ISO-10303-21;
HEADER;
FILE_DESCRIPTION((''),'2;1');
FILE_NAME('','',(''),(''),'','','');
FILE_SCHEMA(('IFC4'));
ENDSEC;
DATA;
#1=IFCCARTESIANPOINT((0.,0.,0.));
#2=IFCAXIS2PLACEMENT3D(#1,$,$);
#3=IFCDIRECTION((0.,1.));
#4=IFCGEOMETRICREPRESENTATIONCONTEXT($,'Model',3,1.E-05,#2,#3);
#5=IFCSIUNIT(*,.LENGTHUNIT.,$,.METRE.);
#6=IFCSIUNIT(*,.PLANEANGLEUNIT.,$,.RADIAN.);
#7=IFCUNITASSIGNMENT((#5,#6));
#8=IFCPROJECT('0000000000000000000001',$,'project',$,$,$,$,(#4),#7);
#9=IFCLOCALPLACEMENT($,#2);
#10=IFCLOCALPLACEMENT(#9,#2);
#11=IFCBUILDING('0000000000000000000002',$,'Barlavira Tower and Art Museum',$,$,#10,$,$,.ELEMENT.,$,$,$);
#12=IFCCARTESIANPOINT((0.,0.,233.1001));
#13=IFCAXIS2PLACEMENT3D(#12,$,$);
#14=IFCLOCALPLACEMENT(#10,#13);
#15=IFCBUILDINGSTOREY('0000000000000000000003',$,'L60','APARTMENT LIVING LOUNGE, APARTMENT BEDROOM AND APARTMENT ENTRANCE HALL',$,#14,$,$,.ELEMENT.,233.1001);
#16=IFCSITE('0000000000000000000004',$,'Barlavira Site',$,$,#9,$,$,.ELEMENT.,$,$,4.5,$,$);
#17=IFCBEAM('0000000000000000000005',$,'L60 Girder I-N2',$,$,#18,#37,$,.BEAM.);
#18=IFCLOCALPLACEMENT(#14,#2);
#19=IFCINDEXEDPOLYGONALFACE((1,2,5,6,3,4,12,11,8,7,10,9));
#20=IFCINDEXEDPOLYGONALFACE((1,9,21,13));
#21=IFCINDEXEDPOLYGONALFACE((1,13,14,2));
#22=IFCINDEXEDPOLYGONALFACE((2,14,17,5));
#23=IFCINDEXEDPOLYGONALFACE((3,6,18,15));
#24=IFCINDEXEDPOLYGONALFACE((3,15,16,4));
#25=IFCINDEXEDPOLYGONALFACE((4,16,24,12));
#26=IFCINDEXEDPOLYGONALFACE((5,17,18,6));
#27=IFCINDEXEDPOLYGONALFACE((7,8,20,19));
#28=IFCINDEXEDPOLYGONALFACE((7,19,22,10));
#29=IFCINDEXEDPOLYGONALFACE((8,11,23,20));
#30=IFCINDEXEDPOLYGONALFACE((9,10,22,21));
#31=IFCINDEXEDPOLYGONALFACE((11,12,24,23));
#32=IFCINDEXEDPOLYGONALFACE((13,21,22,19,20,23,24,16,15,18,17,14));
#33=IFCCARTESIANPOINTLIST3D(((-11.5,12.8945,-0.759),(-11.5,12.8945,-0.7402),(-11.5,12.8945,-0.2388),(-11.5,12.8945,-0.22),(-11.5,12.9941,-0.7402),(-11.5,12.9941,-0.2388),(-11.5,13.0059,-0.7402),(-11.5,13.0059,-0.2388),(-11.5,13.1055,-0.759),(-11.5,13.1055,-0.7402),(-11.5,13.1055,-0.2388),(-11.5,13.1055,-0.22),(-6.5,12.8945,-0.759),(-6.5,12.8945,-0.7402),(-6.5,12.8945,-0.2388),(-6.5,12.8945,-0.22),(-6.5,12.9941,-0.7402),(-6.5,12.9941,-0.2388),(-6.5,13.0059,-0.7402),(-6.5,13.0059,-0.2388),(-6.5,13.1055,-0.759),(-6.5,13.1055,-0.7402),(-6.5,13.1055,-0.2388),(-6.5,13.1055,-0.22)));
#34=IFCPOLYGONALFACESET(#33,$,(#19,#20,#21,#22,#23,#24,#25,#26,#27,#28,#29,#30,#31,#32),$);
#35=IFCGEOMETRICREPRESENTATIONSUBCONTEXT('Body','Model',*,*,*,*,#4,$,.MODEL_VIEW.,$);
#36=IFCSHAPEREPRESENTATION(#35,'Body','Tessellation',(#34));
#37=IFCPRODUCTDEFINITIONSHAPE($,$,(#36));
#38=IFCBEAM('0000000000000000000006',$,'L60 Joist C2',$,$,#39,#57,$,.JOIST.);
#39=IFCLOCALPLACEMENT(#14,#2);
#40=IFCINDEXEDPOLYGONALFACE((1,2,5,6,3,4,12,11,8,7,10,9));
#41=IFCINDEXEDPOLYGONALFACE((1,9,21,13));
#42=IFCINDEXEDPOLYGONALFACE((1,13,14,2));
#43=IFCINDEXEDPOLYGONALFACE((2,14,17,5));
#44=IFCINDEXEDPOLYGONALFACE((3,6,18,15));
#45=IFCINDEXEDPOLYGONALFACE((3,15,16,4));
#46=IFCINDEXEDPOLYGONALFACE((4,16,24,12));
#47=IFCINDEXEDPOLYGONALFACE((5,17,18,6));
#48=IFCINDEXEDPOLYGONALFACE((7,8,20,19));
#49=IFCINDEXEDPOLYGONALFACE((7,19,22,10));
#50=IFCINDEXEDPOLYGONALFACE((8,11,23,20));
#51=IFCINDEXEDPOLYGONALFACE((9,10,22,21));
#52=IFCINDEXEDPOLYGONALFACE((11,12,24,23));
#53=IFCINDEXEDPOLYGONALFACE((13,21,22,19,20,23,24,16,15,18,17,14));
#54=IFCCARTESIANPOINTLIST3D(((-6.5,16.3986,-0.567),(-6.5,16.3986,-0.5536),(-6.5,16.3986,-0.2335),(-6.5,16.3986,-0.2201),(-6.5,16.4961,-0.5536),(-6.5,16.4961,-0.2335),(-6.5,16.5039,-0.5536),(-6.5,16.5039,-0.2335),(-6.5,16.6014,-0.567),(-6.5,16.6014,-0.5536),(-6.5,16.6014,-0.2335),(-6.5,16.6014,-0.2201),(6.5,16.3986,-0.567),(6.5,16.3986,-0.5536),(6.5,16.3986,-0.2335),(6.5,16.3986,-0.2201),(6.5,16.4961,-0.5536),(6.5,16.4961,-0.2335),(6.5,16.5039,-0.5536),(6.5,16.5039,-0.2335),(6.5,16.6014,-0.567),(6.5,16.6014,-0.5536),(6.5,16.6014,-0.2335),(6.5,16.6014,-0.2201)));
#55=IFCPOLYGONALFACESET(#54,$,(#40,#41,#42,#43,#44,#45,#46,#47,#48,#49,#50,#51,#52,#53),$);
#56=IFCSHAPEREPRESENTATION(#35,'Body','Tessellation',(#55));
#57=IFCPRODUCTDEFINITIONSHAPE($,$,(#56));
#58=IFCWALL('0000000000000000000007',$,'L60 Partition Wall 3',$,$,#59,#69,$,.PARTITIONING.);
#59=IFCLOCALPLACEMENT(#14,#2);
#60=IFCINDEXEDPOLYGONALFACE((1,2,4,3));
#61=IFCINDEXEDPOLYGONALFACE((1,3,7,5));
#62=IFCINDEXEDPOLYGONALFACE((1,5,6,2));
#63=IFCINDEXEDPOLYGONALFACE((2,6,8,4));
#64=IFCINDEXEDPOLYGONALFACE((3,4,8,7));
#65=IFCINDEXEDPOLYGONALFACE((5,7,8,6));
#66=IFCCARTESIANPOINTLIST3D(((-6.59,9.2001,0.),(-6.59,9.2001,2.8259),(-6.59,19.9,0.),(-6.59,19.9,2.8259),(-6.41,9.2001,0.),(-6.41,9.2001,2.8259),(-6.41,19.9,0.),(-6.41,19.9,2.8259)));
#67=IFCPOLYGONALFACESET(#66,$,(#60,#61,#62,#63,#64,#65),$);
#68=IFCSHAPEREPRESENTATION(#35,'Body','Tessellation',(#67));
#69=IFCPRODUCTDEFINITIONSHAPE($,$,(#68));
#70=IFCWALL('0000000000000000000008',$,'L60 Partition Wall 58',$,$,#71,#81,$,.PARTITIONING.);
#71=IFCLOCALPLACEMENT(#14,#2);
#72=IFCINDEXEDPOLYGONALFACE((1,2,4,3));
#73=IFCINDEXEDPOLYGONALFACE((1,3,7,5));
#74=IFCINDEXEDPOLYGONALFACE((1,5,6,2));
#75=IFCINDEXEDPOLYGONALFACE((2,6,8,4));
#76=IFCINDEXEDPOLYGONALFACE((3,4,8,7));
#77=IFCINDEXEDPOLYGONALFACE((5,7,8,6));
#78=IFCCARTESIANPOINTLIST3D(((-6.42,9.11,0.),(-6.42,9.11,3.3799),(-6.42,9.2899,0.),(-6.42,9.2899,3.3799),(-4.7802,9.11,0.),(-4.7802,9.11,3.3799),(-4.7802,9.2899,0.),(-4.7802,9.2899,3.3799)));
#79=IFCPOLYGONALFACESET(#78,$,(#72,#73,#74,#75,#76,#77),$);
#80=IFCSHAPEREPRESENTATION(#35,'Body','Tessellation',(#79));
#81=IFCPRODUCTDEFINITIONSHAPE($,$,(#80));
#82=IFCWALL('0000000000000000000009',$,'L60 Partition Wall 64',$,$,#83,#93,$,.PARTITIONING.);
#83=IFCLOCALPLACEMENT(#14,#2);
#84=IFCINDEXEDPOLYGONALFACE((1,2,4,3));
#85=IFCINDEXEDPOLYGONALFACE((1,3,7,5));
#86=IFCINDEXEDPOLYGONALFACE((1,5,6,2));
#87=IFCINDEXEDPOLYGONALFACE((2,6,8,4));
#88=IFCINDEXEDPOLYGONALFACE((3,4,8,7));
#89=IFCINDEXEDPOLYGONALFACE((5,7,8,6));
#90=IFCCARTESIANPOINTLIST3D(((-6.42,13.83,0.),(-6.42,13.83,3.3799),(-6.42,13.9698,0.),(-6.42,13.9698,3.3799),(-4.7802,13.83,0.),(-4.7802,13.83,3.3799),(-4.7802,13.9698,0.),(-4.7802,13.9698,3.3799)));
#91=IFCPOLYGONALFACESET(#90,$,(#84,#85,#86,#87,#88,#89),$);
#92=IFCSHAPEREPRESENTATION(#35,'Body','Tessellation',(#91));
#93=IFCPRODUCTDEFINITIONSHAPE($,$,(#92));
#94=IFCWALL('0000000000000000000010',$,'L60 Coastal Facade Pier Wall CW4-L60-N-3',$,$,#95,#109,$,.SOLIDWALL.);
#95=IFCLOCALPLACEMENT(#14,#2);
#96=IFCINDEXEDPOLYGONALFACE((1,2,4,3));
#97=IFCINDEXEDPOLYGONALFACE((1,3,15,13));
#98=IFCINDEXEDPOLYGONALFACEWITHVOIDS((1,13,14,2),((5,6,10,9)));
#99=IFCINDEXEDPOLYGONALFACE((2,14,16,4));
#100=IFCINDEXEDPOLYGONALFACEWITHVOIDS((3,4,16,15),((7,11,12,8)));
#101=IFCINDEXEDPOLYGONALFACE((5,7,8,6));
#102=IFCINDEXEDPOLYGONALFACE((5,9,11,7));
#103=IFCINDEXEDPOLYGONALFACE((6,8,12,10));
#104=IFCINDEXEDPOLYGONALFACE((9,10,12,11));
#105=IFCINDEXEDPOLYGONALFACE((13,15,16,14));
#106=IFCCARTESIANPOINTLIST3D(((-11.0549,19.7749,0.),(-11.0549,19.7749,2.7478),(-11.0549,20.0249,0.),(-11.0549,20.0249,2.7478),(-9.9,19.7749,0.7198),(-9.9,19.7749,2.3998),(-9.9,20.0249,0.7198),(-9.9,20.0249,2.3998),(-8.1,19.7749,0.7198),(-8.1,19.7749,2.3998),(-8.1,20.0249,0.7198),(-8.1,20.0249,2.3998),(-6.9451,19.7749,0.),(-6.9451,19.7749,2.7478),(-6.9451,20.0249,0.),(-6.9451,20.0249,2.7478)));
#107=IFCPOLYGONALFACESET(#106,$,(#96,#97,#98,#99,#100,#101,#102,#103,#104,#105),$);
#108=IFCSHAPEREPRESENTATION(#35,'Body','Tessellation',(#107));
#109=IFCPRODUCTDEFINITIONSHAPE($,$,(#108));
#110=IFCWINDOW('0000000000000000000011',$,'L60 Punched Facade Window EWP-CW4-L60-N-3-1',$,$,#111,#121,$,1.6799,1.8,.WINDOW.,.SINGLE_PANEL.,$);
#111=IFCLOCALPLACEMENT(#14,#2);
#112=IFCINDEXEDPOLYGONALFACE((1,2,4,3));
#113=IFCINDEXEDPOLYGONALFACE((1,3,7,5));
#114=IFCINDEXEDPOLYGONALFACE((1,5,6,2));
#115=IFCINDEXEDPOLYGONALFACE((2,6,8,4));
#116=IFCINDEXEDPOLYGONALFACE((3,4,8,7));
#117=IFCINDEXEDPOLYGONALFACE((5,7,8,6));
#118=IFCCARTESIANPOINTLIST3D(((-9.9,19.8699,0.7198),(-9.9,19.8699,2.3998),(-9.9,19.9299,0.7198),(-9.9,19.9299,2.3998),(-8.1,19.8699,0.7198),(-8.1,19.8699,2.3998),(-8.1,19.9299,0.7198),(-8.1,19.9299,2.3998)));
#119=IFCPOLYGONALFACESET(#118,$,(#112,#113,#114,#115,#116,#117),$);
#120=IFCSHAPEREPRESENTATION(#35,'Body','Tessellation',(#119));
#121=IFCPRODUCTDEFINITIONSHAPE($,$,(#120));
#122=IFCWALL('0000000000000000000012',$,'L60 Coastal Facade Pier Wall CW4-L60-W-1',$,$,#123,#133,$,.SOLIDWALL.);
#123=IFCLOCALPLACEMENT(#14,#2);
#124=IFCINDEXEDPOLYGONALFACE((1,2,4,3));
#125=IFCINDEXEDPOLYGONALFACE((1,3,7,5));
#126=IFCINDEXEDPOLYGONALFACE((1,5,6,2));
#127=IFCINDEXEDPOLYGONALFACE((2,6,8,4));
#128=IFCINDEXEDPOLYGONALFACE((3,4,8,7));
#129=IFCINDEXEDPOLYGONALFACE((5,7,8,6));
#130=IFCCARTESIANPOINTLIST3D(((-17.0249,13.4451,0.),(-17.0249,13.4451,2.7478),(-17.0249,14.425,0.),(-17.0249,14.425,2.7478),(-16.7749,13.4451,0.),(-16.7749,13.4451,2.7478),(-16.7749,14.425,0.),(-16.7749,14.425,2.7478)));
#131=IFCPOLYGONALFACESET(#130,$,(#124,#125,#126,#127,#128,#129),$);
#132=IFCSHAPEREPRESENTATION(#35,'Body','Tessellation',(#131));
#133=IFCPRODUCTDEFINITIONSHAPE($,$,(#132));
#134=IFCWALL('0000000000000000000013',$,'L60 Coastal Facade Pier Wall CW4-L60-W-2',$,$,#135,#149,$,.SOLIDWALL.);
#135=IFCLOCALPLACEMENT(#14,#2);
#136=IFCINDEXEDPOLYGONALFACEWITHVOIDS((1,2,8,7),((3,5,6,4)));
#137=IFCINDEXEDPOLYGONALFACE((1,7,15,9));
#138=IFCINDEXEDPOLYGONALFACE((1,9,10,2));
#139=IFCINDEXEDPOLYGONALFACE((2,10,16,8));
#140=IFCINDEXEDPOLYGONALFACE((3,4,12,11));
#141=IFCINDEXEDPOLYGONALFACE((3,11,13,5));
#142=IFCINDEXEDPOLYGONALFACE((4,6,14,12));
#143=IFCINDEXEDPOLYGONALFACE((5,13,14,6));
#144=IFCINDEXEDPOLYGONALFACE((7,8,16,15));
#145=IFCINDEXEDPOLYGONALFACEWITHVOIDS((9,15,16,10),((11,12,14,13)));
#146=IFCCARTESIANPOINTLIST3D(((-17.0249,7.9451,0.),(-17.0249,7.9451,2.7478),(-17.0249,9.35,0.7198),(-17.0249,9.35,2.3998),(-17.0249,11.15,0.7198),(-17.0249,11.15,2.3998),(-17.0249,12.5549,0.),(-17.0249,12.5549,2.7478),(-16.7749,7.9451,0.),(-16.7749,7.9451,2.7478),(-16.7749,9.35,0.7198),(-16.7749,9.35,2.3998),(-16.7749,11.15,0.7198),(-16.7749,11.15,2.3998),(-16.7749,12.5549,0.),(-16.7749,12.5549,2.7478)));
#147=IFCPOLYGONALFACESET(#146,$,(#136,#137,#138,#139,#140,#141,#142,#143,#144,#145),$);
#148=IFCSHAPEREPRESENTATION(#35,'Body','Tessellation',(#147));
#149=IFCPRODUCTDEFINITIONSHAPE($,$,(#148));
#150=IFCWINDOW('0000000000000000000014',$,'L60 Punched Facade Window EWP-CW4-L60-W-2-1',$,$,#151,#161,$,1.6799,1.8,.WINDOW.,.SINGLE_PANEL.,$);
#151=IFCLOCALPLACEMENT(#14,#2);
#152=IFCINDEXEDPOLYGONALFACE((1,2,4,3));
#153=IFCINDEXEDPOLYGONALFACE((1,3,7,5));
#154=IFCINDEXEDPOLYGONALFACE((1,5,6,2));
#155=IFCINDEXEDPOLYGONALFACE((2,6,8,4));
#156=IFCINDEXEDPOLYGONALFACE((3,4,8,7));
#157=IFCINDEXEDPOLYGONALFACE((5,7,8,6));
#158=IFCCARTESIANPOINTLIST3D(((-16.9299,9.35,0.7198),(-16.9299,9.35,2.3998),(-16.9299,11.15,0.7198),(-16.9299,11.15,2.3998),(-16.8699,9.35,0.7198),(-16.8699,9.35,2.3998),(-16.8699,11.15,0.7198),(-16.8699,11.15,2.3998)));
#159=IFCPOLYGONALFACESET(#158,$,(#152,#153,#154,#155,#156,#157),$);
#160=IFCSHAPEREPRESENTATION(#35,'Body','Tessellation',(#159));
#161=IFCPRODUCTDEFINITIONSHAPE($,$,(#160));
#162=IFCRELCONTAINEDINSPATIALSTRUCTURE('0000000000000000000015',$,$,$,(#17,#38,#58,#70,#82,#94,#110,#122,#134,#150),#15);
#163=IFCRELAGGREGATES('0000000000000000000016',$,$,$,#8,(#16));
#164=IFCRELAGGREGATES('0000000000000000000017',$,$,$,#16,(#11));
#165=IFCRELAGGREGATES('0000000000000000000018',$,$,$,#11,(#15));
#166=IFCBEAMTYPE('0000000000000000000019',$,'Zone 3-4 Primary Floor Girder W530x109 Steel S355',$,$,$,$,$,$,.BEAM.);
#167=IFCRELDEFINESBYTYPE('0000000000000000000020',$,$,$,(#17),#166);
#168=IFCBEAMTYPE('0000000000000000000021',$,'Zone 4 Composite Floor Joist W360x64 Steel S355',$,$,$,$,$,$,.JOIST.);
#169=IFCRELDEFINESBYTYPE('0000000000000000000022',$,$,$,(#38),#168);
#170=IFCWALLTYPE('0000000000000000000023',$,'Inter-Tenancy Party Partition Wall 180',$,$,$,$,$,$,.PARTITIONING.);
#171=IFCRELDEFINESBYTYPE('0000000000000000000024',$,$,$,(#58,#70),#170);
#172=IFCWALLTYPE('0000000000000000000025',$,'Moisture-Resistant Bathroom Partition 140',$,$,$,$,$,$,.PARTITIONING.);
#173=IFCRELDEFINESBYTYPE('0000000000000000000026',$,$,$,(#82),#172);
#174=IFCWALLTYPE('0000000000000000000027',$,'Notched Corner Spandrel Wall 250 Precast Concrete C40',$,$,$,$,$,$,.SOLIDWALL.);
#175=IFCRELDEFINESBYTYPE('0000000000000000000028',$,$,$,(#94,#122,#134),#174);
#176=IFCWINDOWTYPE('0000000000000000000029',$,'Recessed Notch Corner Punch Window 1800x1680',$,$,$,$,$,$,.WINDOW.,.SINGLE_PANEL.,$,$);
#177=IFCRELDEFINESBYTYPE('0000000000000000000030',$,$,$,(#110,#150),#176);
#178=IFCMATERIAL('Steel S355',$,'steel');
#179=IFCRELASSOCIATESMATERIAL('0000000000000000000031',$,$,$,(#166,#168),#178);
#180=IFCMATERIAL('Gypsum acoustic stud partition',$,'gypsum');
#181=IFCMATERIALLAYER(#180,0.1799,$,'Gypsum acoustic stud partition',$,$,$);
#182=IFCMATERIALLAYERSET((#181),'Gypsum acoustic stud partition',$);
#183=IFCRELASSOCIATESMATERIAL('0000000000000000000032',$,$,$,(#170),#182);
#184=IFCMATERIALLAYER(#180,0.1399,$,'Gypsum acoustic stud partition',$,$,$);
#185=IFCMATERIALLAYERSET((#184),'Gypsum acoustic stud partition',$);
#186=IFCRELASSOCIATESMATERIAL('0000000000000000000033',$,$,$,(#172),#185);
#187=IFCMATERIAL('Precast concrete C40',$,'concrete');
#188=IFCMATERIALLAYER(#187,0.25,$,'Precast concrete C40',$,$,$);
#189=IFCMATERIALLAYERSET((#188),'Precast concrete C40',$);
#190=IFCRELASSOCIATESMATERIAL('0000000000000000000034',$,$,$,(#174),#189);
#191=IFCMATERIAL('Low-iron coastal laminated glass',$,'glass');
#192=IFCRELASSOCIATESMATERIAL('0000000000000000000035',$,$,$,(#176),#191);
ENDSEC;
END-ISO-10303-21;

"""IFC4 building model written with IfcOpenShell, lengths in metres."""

from ifc_helpers import new_model, si_unit, direction, frame, frame_2d, origin, origin_2d, place, context, subcontext, project, spatial, rectangle, i_section, extrude, material, layer, layer_set, material_profile, profile_set, type_object, element, fill, save


model = new_model("IFC4")

# Units and contexts
model_context = context("Model", 3, precision=1e-05, world=origin(), true_north=direction((0.0, 1.0)))
body_context = subcontext(model_context, "Body", "Model", "MODEL_VIEW")
ifc_project = project(units=[si_unit("LENGTHUNIT", "METRE"), si_unit("PLANEANGLEUNIT", "RADIAN")], contexts=[model_context])

# Site, building, storey
site_placement = place(None, origin())
site = spatial("IfcSite", under=ifc_project, at=site_placement, Name="Barlavira Site", CompositionType="ELEMENT", RefElevation=4.5)
building_placement = place(site_placement, origin())
building = spatial("IfcBuilding", under=site, at=building_placement, Name="Barlavira Tower and Art Museum", CompositionType="ELEMENT")
storey_placement = place(building_placement, frame((0.0, 0.0, 233.1001)))
storey = spatial("IfcBuildingStorey", under=building, at=storey_placement, Name="L60", Description="APARTMENT LIVING LOUNGE, APARTMENT BEDROOM AND APARTMENT ENTRANCE HALL", CompositionType="ELEMENT", Elevation=233.1001)

# Beams
ifc_material_1 = material(Name="Steel S355", Category="steel")
ifc_material_profile_1 = material_profile(ifc_material_1, i_section(OverallWidth=0.2109, OverallDepth=0.5391, WebThickness=0.0117, FlangeThickness=0.0188, at=origin_2d()), Name="W530x109.0")
ifc_profile_set_1 = profile_set([ifc_material_profile_1], Name="Steel S355")
beam_type_1 = type_object("IfcBeamType", Name="Zone 3-4 Primary Floor Girder W530x109 Steel S355", PredefinedType="BEAM", material=ifc_profile_set_1)
beam_1_placement = place(storey_placement, frame((-11.5, 13.0, -0.4895), z_axis=(1.0, 0.0, 0.0), x_axis=(0.0, 1.0, 0.0)))
element("IfcBeam", 1, at=beam_1_placement, inside=storey, type_object=beam_type_1, Name="L60 Girder I-N2", PredefinedType="BEAM", context=body_context, shape_type="SweptSolid", body=[
    extrude(i_section(OverallWidth=0.2109, OverallDepth=0.5391, WebThickness=0.0117, FlangeThickness=0.0188, at=origin_2d()), origin(), (0.0, 0.0, 1.0), 5.0),
])
ifc_material_profile_2 = material_profile(ifc_material_1, i_section(OverallWidth=0.2029, OverallDepth=0.3469, WebThickness=0.0078, FlangeThickness=0.0134, at=origin_2d()), Name="W360x64.0")
ifc_profile_set_2 = profile_set([ifc_material_profile_2], Name="Steel S355")
beam_type_2 = type_object("IfcBeamType", Name="Zone 4 Composite Floor Joist W360x64 Steel S355", PredefinedType="JOIST", material=ifc_profile_set_2)
beam_2_placement = place(storey_placement, frame((-6.5, 16.5, -0.3936), z_axis=(1.0, 0.0, 0.0), x_axis=(0.0, 1.0, 0.0)))
element("IfcBeam", 2, at=beam_2_placement, inside=storey, type_object=beam_type_2, Name="L60 Joist C2", PredefinedType="JOIST", context=body_context, shape_type="SweptSolid", body=[
    extrude(i_section(OverallWidth=0.2029, OverallDepth=0.3469, WebThickness=0.0078, FlangeThickness=0.0134, at=origin_2d()), origin(), (0.0, 0.0, 1.0), 13.0),
])

# Walls
ifc_material_2 = material(Name="Gypsum acoustic stud partition", Category="gypsum")
ifc_layer_1 = layer(ifc_material_2, 0.1799, Name="Gypsum acoustic stud partition")
ifc_layer_set_1 = layer_set([ifc_layer_1], Name="Gypsum acoustic stud partition")
wall_type_1 = type_object("IfcWallType", Name="Inter-Tenancy Party Partition Wall 180", PredefinedType="PARTITIONING", material=ifc_layer_set_1)
wall_1_placement = place(storey_placement, frame((-6.5, 9.2, 0.0), z_axis=(0.0, 0.0, 1.0), x_axis=(0.0, 1.0, 0.0)))
element("IfcWall", 3, at=wall_1_placement, inside=storey, type_object=wall_type_1, Name="L60 Partition Wall 3", PredefinedType="PARTITIONING", context=body_context, shape_type="SweptSolid", body=[
    extrude(rectangle(XDim=10.7, YDim=0.1799, at=frame_2d((5.3501, 0.0))), origin(), (0.0, 0.0, 1.0), 2.8259),
])
wall_2_placement = place(storey_placement, frame((-6.4199, 9.2, 0.0), z_axis=(0.0, 0.0, 1.0), x_axis=(1.0, 0.0, 0.0)))
element("IfcWall", 4, at=wall_2_placement, inside=storey, type_object=wall_type_1, Name="L60 Partition Wall 58", PredefinedType="PARTITIONING", context=body_context, shape_type="SweptSolid", body=[
    extrude(rectangle(XDim=1.6399, YDim=0.1799, at=frame_2d((0.8198, 0.0))), origin(), (0.0, 0.0, 1.0), 3.3799),
])
ifc_layer_2 = layer(ifc_material_2, 0.1399, Name="Gypsum acoustic stud partition")
ifc_layer_set_2 = layer_set([ifc_layer_2], Name="Gypsum acoustic stud partition")
wall_type_2 = type_object("IfcWallType", Name="Moisture-Resistant Bathroom Partition 140", PredefinedType="PARTITIONING", material=ifc_layer_set_2)
wall_3_placement = place(storey_placement, frame((-6.4199, 13.8999, 0.0), z_axis=(0.0, 0.0, 1.0), x_axis=(1.0, 0.0, 0.0)))
element("IfcWall", 5, at=wall_3_placement, inside=storey, type_object=wall_type_2, Name="L60 Partition Wall 64", PredefinedType="PARTITIONING", context=body_context, shape_type="SweptSolid", body=[
    extrude(rectangle(XDim=1.6399, YDim=0.1399, at=frame_2d((0.8198, 0.0))), origin(), (0.0, 0.0, 1.0), 3.3799),
])

# Wall, opening, window
ifc_material_3 = material(Name="Precast concrete C40", Category="concrete")
ifc_layer_3 = layer(ifc_material_3, 0.25, Name="Precast concrete C40")
ifc_layer_set_3 = layer_set([ifc_layer_3], Name="Precast concrete C40")
wall_type_3 = type_object("IfcWallType", Name="Notched Corner Spandrel Wall 250 Precast Concrete C40", PredefinedType="SOLIDWALL", material=ifc_layer_set_3)
wall_4_placement = place(storey_placement, frame((-6.9451, 19.8999, 0.0), z_axis=(0.0, 0.0, 1.0), x_axis=(-1.0, 0.0, 0.0)))
wall_4 = element("IfcWall", 6, at=wall_4_placement, inside=storey, type_object=wall_type_3, Name="L60 Coastal Facade Pier Wall CW4-L60-N-3", PredefinedType="SOLIDWALL", context=body_context, shape_type="SweptSolid", body=[
    extrude(rectangle(XDim=4.1099, YDim=0.25, at=frame_2d((2.0549, 0.0))), origin(), (0.0, 0.0, 1.0), 2.7478),
])
opening_1_placement = place(wall_4_placement, frame((1.155, 0.0, 0.72)))
opening_1 = element("IfcOpeningElement", 7, at=opening_1_placement, cuts=wall_4, PredefinedType="OPENING", context=body_context, shape_type="SweptSolid", body=[
    extrude(rectangle(XDim=1.8, YDim=1.6799, at=frame_2d((0.8999, 0.8398))), frame((0.0, 0.135, 0.0), z_axis=(0.0, -1.0, 0.0), x_axis=(1.0, 0.0, 0.0)), (0.0, 0.0, 1.0), 0.27),
])
ifc_material_4 = material(Name="Low-iron coastal laminated glass", Category="glass")
window_type = type_object("IfcWindowType", Name="Recessed Notch Corner Punch Window 1800x1680", PartitioningType="SINGLE_PANEL", PredefinedType="WINDOW", material=ifc_material_4)
window_1_placement = place(opening_1_placement, origin())
window_1 = element("IfcWindow", 8, at=window_1_placement, inside=storey, type_object=window_type, Name="L60 Punched Facade Window EWP-CW4-L60-N-3-1", OverallHeight=1.6799, OverallWidth=1.8, PartitioningType="SINGLE_PANEL", PredefinedType="WINDOW", context=body_context, shape_type="SweptSolid", body=[
    extrude(rectangle(XDim=1.8, YDim=1.6799, at=frame_2d((0.8999, 0.8398))), frame((0.0, 0.03, 0.0), z_axis=(0.0, -1.0, 0.0), x_axis=(1.0, 0.0, 0.0)), (0.0, 0.0, 1.0), 0.0601),
])
fill(opening_1, window_1)

# Wall
wall_5_placement = place(storey_placement, frame((-16.8999, 14.425, 0.0), z_axis=(0.0, 0.0, 1.0), x_axis=(0.0, -1.0, 0.0)))
element("IfcWall", 9, at=wall_5_placement, inside=storey, type_object=wall_type_3, Name="L60 Coastal Facade Pier Wall CW4-L60-W-1", PredefinedType="SOLIDWALL", context=body_context, shape_type="SweptSolid", body=[
    extrude(rectangle(XDim=0.98, YDim=0.25, at=frame_2d((0.49, 0.0))), origin(), (0.0, 0.0, 1.0), 2.7478),
])

# Wall, opening, window
wall_6_placement = place(storey_placement, frame((-16.8999, 12.5549, 0.0), z_axis=(0.0, 0.0, 1.0), x_axis=(0.0, -1.0, 0.0)))
wall_6 = element("IfcWall", 10, at=wall_6_placement, inside=storey, type_object=wall_type_3, Name="L60 Coastal Facade Pier Wall CW4-L60-W-2", PredefinedType="SOLIDWALL", context=body_context, shape_type="SweptSolid", body=[
    extrude(rectangle(XDim=4.6099, YDim=0.25, at=frame_2d((2.3049, 0.0))), origin(), (0.0, 0.0, 1.0), 2.7478),
])
opening_2_placement = place(wall_6_placement, frame((1.405, 0.0, 0.72)))
opening_2 = element("IfcOpeningElement", 11, at=opening_2_placement, cuts=wall_6, PredefinedType="OPENING", context=body_context, shape_type="SweptSolid", body=[
    extrude(rectangle(XDim=1.8, YDim=1.6799, at=frame_2d((0.8999, 0.8398))), frame((0.0, 0.135, 0.0), z_axis=(0.0, -1.0, 0.0), x_axis=(1.0, 0.0, 0.0)), (0.0, 0.0, 1.0), 0.27),
])
window_2_placement = place(opening_2_placement, origin())
window_2 = element("IfcWindow", 12, at=window_2_placement, inside=storey, type_object=window_type, Name="L60 Punched Facade Window EWP-CW4-L60-W-2-1", OverallHeight=1.6799, OverallWidth=1.8, PartitioningType="SINGLE_PANEL", PredefinedType="WINDOW", context=body_context, shape_type="SweptSolid", body=[
    extrude(rectangle(XDim=1.8, YDim=1.6799, at=frame_2d((0.8999, 0.8398))), frame((0.0, 0.03, 0.0), z_axis=(0.0, -1.0, 0.0), x_axis=(1.0, 0.0, 0.0)), (0.0, 0.0, 1.0), 0.0601),
])
fill(opening_2, window_2)

save(model, "model.ifc")
